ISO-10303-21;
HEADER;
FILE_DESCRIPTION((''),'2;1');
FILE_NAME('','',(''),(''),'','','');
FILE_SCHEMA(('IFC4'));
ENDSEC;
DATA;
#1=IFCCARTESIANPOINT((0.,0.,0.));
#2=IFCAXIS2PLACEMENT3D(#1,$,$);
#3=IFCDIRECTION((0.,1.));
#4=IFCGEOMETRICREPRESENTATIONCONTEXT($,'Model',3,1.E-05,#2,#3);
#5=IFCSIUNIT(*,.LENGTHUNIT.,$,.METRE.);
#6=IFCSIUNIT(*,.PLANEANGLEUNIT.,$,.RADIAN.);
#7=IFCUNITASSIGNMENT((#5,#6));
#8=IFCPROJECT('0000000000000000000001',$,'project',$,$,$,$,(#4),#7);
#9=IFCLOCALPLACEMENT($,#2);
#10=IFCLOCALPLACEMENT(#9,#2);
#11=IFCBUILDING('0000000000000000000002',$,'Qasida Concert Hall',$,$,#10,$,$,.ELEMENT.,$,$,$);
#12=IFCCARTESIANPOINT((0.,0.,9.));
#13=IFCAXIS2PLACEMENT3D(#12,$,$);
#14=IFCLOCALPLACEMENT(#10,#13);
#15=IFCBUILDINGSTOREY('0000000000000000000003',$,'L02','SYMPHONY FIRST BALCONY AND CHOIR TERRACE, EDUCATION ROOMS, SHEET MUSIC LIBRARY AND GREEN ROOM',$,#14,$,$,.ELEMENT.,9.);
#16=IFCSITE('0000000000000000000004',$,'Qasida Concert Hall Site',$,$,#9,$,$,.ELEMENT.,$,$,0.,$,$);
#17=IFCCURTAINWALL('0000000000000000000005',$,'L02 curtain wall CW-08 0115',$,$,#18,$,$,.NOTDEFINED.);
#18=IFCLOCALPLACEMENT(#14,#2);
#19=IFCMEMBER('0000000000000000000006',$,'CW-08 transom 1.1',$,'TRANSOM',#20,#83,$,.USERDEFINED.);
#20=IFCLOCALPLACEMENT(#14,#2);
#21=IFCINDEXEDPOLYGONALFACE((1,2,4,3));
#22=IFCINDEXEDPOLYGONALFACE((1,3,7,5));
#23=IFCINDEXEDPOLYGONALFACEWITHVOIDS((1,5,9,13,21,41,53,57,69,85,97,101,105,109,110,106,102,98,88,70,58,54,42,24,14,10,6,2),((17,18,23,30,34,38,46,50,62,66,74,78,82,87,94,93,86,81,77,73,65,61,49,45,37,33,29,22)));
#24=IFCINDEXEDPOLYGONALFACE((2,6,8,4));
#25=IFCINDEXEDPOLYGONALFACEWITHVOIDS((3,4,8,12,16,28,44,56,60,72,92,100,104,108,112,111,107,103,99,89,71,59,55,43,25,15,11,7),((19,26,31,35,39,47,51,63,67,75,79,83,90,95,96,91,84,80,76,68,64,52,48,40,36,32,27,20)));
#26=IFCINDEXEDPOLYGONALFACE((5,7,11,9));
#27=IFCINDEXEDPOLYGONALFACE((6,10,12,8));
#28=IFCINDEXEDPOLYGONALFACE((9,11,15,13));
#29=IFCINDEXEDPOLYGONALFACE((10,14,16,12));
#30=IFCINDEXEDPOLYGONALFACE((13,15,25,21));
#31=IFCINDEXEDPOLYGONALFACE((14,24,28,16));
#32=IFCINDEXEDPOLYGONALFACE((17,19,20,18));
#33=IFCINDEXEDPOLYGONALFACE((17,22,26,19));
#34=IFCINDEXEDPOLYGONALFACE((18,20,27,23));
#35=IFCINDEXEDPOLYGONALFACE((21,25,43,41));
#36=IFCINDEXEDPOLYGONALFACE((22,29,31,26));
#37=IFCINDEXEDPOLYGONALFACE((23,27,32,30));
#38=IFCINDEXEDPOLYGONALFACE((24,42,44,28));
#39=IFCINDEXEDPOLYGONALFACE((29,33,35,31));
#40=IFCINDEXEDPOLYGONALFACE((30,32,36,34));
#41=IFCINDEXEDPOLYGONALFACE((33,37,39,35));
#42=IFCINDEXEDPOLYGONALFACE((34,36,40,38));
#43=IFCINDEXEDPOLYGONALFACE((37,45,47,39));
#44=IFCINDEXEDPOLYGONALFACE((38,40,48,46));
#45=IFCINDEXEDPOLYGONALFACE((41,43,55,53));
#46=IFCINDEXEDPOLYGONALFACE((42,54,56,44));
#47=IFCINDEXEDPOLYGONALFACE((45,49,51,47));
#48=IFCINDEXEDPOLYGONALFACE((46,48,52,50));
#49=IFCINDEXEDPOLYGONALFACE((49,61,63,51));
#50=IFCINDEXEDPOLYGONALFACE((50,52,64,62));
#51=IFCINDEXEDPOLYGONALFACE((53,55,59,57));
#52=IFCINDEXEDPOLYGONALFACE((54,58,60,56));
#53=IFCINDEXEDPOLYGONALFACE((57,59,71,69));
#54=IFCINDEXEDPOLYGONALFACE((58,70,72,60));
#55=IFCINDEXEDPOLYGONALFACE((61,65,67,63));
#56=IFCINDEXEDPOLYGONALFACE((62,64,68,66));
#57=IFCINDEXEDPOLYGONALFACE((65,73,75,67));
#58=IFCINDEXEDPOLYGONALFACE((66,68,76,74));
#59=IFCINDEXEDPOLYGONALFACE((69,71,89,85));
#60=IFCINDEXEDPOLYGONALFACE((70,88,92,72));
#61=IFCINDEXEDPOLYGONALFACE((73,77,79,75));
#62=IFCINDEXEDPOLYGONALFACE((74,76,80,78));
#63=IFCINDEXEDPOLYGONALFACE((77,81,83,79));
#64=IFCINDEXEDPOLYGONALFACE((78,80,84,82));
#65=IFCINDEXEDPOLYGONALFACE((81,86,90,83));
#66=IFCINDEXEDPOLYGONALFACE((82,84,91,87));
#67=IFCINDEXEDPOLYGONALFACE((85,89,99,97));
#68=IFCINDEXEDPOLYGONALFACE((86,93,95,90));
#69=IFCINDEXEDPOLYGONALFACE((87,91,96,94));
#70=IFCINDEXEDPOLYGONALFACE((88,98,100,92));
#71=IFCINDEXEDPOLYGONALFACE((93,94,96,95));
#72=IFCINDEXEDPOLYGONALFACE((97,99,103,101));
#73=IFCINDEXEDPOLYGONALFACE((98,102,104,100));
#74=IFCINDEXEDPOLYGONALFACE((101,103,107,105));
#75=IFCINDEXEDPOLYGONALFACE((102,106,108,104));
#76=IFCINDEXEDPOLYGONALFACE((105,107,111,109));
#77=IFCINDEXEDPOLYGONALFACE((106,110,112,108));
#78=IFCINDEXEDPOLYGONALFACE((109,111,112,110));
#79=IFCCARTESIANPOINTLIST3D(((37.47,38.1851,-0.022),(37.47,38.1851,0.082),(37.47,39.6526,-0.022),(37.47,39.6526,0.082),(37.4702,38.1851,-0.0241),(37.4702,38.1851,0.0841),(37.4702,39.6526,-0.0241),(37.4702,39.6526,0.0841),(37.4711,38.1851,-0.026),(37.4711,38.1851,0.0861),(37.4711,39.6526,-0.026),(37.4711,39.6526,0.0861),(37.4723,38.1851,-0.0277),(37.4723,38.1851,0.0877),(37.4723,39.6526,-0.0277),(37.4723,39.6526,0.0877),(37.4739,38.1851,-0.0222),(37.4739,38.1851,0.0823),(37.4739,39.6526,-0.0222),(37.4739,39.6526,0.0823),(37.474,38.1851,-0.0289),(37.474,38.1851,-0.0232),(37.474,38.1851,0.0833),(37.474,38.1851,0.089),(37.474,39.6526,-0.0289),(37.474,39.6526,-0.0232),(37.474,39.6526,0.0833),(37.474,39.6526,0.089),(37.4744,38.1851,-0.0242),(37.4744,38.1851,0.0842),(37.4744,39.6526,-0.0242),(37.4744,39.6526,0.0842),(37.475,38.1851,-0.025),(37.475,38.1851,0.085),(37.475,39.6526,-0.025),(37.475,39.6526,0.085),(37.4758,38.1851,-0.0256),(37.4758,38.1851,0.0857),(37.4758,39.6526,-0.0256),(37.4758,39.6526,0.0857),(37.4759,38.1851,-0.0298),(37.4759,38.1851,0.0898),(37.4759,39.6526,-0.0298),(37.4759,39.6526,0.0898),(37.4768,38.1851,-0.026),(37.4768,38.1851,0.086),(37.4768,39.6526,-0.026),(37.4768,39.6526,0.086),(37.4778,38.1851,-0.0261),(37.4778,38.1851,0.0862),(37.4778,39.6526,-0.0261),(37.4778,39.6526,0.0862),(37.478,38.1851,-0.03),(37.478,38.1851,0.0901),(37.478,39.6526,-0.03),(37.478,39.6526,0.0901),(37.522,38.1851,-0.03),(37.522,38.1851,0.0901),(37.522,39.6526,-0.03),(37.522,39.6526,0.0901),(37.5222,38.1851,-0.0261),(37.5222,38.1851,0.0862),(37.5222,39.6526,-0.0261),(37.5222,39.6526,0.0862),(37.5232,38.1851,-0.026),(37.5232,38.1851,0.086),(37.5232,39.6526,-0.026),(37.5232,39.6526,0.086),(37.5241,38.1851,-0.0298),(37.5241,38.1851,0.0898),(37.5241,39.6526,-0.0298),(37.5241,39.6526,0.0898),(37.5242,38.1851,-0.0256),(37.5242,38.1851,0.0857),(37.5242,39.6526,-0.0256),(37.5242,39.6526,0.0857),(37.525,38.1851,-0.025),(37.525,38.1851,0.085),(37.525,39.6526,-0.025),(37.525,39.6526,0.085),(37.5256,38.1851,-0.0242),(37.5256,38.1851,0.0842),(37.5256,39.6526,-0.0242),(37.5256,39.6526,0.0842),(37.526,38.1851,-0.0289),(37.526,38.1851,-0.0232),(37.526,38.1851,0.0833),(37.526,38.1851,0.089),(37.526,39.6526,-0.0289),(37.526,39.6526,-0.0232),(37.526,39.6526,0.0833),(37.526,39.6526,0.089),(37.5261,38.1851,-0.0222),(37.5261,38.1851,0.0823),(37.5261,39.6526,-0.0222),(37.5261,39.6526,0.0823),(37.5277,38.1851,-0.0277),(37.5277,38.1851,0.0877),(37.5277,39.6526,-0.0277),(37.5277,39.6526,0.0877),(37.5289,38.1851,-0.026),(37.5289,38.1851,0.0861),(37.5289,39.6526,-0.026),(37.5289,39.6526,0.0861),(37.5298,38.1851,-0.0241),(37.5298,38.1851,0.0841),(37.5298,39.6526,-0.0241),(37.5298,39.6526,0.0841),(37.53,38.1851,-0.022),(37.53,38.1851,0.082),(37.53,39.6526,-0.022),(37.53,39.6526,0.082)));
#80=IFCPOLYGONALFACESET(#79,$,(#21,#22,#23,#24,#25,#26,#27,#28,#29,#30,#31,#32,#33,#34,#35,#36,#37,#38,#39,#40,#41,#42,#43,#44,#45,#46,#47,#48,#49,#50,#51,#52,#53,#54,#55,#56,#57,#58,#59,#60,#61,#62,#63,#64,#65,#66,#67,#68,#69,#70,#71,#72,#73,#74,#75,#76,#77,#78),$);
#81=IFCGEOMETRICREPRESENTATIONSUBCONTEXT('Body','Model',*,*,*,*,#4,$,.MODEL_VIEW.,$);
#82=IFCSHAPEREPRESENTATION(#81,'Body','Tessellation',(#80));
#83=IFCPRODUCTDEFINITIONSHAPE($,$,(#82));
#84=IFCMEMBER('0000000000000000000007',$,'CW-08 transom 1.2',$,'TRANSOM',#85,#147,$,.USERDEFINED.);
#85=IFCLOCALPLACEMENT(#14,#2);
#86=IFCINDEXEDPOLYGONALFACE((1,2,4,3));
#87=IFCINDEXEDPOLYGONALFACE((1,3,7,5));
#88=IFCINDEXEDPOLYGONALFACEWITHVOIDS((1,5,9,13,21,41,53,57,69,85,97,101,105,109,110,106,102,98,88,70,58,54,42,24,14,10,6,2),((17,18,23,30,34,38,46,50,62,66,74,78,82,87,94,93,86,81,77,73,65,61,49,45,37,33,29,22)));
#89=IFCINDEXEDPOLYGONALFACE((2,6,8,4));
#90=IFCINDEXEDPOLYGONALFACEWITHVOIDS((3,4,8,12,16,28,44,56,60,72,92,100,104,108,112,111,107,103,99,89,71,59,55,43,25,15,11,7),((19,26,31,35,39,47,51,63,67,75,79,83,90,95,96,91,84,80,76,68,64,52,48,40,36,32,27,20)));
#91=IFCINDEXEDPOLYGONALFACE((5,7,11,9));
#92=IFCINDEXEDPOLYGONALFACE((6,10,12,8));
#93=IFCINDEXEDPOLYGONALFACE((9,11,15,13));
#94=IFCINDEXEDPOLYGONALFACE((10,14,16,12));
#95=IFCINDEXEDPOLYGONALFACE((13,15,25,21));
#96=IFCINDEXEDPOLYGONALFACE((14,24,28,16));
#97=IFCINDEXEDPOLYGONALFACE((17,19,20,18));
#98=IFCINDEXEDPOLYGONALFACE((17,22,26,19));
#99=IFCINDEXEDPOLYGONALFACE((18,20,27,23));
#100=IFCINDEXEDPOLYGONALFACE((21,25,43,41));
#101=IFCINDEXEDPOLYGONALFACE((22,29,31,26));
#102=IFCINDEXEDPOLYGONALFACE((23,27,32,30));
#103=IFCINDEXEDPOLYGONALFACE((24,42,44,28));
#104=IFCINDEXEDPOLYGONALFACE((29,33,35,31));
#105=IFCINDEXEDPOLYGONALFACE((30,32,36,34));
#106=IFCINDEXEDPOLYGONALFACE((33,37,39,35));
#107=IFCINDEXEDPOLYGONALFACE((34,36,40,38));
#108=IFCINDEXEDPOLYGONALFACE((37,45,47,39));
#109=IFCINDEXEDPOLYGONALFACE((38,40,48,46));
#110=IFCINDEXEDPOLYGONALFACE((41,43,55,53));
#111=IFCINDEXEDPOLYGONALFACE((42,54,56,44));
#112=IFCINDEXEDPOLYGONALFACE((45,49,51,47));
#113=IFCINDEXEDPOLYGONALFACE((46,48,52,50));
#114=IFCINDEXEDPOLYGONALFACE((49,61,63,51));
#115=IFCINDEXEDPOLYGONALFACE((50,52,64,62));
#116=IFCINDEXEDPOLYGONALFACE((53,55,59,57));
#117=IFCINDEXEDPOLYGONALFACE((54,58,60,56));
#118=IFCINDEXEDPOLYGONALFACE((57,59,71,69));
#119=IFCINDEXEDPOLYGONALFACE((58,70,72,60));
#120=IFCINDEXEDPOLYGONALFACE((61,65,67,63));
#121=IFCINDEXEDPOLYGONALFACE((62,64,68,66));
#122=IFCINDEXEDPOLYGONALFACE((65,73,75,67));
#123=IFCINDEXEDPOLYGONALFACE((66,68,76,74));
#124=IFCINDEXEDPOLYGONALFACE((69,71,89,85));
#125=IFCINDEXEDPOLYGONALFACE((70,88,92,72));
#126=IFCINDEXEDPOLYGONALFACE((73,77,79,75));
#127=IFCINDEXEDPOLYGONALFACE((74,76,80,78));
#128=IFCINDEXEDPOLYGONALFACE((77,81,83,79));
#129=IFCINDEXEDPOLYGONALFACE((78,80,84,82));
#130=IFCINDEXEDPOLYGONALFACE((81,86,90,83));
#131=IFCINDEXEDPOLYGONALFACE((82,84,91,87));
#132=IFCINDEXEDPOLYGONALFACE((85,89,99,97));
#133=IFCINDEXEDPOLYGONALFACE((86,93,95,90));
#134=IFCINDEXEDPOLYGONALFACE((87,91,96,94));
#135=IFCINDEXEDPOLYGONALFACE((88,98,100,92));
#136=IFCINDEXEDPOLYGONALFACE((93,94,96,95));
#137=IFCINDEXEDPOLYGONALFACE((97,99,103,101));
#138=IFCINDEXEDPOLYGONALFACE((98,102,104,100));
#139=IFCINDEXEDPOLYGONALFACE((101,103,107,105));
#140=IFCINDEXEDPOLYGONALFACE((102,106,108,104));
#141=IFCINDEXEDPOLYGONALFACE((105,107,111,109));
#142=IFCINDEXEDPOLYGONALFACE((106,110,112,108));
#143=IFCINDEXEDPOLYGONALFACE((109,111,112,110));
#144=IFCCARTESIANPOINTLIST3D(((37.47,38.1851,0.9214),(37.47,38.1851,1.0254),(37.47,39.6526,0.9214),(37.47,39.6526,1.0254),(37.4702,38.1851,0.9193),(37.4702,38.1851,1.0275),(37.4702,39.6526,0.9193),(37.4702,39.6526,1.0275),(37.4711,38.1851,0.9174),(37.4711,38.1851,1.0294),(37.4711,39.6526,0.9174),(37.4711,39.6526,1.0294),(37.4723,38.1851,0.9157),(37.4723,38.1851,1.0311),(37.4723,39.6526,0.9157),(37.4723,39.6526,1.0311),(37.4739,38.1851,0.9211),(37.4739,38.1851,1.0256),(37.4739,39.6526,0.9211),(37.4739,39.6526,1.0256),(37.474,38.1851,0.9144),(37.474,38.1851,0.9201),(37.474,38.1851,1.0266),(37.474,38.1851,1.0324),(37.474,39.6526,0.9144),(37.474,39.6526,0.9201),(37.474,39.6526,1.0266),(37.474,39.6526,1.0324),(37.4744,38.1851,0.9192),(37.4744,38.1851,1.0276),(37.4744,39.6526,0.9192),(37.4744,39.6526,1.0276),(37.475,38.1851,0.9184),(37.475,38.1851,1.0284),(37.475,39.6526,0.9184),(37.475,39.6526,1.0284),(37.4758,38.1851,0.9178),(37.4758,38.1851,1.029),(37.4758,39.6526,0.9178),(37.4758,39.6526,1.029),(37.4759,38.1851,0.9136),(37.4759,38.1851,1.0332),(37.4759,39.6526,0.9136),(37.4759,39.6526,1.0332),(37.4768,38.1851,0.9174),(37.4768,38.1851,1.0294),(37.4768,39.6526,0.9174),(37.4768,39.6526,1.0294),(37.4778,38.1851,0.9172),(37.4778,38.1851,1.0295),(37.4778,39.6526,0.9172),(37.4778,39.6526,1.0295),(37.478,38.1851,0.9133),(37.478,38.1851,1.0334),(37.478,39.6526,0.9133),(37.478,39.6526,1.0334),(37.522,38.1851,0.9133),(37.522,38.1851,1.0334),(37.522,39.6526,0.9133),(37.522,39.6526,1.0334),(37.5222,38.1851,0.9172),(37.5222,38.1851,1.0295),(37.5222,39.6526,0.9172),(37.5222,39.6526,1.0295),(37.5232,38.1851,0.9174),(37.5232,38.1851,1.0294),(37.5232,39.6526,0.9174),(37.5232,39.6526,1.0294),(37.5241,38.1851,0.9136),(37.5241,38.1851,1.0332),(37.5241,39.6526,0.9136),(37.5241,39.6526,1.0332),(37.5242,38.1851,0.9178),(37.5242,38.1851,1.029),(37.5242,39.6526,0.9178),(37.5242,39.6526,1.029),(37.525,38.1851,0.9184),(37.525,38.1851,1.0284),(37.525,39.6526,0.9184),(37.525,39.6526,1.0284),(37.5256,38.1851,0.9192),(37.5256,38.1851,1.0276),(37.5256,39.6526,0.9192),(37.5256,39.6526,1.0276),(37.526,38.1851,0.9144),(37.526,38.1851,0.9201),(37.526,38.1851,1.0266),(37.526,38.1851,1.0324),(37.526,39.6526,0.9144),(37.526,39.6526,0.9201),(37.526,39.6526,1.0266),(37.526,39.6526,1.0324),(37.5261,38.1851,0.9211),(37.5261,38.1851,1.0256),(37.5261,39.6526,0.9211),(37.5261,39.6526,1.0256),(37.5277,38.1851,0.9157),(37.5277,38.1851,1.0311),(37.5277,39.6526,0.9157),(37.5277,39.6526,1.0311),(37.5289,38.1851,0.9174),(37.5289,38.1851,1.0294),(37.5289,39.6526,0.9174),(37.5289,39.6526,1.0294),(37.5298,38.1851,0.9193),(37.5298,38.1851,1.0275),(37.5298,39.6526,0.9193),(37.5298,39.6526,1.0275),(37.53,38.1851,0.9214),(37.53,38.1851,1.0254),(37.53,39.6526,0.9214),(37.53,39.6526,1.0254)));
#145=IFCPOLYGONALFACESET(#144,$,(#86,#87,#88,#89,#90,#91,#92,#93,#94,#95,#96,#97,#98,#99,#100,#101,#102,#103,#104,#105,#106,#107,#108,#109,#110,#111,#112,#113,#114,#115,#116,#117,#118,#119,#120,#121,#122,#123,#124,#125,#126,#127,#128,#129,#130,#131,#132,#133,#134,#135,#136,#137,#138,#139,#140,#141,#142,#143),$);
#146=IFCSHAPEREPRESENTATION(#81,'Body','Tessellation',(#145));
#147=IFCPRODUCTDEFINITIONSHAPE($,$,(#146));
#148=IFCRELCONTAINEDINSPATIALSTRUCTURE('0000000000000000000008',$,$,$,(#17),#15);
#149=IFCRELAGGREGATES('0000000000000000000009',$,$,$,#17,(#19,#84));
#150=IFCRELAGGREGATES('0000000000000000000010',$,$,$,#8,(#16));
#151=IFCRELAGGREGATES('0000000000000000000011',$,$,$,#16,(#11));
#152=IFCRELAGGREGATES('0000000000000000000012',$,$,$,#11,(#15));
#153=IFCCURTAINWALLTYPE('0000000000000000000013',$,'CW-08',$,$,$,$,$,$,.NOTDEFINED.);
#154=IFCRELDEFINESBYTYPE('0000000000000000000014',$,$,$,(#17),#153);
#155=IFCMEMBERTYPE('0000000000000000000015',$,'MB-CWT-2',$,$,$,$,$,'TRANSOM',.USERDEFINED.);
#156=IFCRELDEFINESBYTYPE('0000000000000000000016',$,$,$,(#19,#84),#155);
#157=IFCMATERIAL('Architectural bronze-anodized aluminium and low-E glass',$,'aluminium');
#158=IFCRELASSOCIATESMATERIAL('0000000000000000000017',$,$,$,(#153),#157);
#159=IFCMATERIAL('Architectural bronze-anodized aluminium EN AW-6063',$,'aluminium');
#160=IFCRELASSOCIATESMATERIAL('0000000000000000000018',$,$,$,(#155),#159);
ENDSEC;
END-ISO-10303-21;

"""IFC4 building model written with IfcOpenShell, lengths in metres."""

from ifc_helpers import new_model, si_unit, direction, frame, origin, origin_2d, place, context, subcontext, project, spatial, hollow_rectangle, extrude, material, material_profile, profile_set, type_object, element, aggregate, save


model = new_model("IFC4")

# Units and contexts
model_context = context("Model", 3, precision=1e-05, world=origin(), true_north=direction((0.0, 1.0)))
body_context = subcontext(model_context, "Body", "Model", "MODEL_VIEW")
ifc_project = project(units=[si_unit("LENGTHUNIT", "METRE"), si_unit("PLANEANGLEUNIT", "RADIAN")], contexts=[model_context])

# Site, building, storey
site_placement = place(None, origin())
site = spatial("IfcSite", under=ifc_project, at=site_placement, Name="Qasida Concert Hall Site", CompositionType="ELEMENT", RefElevation=0.0)
building_placement = place(site_placement, origin())
building = spatial("IfcBuilding", under=site, at=building_placement, Name="Qasida Concert Hall", CompositionType="ELEMENT")
storey_placement = place(building_placement, frame((0.0, 0.0, 9.0)))
storey = spatial("IfcBuildingStorey", under=building, at=storey_placement, Name="L02", Description="SYMPHONY FIRST BALCONY AND CHOIR TERRACE, EDUCATION ROOMS, SHEET MUSIC LIBRARY AND GREEN ROOM", CompositionType="ELEMENT", Elevation=9.0)

# Curtain wall, members
ifc_material_1 = material(Name="Architectural bronze-anodized aluminium and low-E glass", Category="aluminium")
curtain_wall_type = type_object("IfcCurtainWallType", Name="CW-08", PredefinedType="NOTDEFINED", material=ifc_material_1)
curtain_wall_1_placement = place(storey_placement, origin())
curtain_wall_1 = element("IfcCurtainWall", 1, at=curtain_wall_1_placement, inside=storey, type_object=curtain_wall_type, Name="L02 curtain wall CW-08 0115", PredefinedType="NOTDEFINED")
ifc_material_2 = material(Name="Architectural bronze-anodized aluminium EN AW-6063", Category="aluminium")
ifc_material_profile_1 = material_profile(ifc_material_2, hollow_rectangle(XDim=0.0601, YDim=0.1201, WallThickness=0.0039, InnerFilletRadius=0.0039, OuterFilletRadius=0.0081, at=origin_2d()), Name="CWT 120x60x4")
ifc_profile_set_1 = profile_set([ifc_material_profile_1], Name="Architectural bronze-anodized aluminium EN AW-6063")
member_type_1 = type_object("IfcMemberType", Name="MB-CWT-2", ElementType="TRANSOM", PredefinedType="USERDEFINED", material=ifc_profile_set_1)
member_1_placement = place(storey_placement, frame((37.5, 38.1851, 0.03), z_axis=(0.0, 1.0, 0.0), x_axis=(-1.0, 0.0, 0.0)))
member_1 = element("IfcMember", 2, at=member_1_placement, type_object=member_type_1, Name="CW-08 transom 1.1", ObjectType="TRANSOM", PredefinedType="USERDEFINED", context=body_context, shape_type="SweptSolid", body=[
    extrude(hollow_rectangle(XDim=0.0601, YDim=0.1201, WallThickness=0.0039, InnerFilletRadius=0.0039, OuterFilletRadius=0.0081, at=origin_2d()), origin(), (0.0, 0.0, 1.0), 1.4675),
])
member_2_placement = place(storey_placement, frame((37.5, 38.1851, 0.9734), z_axis=(0.0, 1.0, 0.0), x_axis=(-1.0, 0.0, 0.0)))
member_2 = element("IfcMember", 3, at=member_2_placement, type_object=member_type_1, Name="CW-08 transom 1.2", ObjectType="TRANSOM", PredefinedType="USERDEFINED", context=body_context, shape_type="SweptSolid", body=[
    extrude(hollow_rectangle(XDim=0.0601, YDim=0.1201, WallThickness=0.0039, InnerFilletRadius=0.0039, OuterFilletRadius=0.0081, at=origin_2d()), origin(), (0.0, 0.0, 1.0), 1.4675),
])
aggregate(curtain_wall_1, [member_1, member_2])

save(model, "model.ifc")
